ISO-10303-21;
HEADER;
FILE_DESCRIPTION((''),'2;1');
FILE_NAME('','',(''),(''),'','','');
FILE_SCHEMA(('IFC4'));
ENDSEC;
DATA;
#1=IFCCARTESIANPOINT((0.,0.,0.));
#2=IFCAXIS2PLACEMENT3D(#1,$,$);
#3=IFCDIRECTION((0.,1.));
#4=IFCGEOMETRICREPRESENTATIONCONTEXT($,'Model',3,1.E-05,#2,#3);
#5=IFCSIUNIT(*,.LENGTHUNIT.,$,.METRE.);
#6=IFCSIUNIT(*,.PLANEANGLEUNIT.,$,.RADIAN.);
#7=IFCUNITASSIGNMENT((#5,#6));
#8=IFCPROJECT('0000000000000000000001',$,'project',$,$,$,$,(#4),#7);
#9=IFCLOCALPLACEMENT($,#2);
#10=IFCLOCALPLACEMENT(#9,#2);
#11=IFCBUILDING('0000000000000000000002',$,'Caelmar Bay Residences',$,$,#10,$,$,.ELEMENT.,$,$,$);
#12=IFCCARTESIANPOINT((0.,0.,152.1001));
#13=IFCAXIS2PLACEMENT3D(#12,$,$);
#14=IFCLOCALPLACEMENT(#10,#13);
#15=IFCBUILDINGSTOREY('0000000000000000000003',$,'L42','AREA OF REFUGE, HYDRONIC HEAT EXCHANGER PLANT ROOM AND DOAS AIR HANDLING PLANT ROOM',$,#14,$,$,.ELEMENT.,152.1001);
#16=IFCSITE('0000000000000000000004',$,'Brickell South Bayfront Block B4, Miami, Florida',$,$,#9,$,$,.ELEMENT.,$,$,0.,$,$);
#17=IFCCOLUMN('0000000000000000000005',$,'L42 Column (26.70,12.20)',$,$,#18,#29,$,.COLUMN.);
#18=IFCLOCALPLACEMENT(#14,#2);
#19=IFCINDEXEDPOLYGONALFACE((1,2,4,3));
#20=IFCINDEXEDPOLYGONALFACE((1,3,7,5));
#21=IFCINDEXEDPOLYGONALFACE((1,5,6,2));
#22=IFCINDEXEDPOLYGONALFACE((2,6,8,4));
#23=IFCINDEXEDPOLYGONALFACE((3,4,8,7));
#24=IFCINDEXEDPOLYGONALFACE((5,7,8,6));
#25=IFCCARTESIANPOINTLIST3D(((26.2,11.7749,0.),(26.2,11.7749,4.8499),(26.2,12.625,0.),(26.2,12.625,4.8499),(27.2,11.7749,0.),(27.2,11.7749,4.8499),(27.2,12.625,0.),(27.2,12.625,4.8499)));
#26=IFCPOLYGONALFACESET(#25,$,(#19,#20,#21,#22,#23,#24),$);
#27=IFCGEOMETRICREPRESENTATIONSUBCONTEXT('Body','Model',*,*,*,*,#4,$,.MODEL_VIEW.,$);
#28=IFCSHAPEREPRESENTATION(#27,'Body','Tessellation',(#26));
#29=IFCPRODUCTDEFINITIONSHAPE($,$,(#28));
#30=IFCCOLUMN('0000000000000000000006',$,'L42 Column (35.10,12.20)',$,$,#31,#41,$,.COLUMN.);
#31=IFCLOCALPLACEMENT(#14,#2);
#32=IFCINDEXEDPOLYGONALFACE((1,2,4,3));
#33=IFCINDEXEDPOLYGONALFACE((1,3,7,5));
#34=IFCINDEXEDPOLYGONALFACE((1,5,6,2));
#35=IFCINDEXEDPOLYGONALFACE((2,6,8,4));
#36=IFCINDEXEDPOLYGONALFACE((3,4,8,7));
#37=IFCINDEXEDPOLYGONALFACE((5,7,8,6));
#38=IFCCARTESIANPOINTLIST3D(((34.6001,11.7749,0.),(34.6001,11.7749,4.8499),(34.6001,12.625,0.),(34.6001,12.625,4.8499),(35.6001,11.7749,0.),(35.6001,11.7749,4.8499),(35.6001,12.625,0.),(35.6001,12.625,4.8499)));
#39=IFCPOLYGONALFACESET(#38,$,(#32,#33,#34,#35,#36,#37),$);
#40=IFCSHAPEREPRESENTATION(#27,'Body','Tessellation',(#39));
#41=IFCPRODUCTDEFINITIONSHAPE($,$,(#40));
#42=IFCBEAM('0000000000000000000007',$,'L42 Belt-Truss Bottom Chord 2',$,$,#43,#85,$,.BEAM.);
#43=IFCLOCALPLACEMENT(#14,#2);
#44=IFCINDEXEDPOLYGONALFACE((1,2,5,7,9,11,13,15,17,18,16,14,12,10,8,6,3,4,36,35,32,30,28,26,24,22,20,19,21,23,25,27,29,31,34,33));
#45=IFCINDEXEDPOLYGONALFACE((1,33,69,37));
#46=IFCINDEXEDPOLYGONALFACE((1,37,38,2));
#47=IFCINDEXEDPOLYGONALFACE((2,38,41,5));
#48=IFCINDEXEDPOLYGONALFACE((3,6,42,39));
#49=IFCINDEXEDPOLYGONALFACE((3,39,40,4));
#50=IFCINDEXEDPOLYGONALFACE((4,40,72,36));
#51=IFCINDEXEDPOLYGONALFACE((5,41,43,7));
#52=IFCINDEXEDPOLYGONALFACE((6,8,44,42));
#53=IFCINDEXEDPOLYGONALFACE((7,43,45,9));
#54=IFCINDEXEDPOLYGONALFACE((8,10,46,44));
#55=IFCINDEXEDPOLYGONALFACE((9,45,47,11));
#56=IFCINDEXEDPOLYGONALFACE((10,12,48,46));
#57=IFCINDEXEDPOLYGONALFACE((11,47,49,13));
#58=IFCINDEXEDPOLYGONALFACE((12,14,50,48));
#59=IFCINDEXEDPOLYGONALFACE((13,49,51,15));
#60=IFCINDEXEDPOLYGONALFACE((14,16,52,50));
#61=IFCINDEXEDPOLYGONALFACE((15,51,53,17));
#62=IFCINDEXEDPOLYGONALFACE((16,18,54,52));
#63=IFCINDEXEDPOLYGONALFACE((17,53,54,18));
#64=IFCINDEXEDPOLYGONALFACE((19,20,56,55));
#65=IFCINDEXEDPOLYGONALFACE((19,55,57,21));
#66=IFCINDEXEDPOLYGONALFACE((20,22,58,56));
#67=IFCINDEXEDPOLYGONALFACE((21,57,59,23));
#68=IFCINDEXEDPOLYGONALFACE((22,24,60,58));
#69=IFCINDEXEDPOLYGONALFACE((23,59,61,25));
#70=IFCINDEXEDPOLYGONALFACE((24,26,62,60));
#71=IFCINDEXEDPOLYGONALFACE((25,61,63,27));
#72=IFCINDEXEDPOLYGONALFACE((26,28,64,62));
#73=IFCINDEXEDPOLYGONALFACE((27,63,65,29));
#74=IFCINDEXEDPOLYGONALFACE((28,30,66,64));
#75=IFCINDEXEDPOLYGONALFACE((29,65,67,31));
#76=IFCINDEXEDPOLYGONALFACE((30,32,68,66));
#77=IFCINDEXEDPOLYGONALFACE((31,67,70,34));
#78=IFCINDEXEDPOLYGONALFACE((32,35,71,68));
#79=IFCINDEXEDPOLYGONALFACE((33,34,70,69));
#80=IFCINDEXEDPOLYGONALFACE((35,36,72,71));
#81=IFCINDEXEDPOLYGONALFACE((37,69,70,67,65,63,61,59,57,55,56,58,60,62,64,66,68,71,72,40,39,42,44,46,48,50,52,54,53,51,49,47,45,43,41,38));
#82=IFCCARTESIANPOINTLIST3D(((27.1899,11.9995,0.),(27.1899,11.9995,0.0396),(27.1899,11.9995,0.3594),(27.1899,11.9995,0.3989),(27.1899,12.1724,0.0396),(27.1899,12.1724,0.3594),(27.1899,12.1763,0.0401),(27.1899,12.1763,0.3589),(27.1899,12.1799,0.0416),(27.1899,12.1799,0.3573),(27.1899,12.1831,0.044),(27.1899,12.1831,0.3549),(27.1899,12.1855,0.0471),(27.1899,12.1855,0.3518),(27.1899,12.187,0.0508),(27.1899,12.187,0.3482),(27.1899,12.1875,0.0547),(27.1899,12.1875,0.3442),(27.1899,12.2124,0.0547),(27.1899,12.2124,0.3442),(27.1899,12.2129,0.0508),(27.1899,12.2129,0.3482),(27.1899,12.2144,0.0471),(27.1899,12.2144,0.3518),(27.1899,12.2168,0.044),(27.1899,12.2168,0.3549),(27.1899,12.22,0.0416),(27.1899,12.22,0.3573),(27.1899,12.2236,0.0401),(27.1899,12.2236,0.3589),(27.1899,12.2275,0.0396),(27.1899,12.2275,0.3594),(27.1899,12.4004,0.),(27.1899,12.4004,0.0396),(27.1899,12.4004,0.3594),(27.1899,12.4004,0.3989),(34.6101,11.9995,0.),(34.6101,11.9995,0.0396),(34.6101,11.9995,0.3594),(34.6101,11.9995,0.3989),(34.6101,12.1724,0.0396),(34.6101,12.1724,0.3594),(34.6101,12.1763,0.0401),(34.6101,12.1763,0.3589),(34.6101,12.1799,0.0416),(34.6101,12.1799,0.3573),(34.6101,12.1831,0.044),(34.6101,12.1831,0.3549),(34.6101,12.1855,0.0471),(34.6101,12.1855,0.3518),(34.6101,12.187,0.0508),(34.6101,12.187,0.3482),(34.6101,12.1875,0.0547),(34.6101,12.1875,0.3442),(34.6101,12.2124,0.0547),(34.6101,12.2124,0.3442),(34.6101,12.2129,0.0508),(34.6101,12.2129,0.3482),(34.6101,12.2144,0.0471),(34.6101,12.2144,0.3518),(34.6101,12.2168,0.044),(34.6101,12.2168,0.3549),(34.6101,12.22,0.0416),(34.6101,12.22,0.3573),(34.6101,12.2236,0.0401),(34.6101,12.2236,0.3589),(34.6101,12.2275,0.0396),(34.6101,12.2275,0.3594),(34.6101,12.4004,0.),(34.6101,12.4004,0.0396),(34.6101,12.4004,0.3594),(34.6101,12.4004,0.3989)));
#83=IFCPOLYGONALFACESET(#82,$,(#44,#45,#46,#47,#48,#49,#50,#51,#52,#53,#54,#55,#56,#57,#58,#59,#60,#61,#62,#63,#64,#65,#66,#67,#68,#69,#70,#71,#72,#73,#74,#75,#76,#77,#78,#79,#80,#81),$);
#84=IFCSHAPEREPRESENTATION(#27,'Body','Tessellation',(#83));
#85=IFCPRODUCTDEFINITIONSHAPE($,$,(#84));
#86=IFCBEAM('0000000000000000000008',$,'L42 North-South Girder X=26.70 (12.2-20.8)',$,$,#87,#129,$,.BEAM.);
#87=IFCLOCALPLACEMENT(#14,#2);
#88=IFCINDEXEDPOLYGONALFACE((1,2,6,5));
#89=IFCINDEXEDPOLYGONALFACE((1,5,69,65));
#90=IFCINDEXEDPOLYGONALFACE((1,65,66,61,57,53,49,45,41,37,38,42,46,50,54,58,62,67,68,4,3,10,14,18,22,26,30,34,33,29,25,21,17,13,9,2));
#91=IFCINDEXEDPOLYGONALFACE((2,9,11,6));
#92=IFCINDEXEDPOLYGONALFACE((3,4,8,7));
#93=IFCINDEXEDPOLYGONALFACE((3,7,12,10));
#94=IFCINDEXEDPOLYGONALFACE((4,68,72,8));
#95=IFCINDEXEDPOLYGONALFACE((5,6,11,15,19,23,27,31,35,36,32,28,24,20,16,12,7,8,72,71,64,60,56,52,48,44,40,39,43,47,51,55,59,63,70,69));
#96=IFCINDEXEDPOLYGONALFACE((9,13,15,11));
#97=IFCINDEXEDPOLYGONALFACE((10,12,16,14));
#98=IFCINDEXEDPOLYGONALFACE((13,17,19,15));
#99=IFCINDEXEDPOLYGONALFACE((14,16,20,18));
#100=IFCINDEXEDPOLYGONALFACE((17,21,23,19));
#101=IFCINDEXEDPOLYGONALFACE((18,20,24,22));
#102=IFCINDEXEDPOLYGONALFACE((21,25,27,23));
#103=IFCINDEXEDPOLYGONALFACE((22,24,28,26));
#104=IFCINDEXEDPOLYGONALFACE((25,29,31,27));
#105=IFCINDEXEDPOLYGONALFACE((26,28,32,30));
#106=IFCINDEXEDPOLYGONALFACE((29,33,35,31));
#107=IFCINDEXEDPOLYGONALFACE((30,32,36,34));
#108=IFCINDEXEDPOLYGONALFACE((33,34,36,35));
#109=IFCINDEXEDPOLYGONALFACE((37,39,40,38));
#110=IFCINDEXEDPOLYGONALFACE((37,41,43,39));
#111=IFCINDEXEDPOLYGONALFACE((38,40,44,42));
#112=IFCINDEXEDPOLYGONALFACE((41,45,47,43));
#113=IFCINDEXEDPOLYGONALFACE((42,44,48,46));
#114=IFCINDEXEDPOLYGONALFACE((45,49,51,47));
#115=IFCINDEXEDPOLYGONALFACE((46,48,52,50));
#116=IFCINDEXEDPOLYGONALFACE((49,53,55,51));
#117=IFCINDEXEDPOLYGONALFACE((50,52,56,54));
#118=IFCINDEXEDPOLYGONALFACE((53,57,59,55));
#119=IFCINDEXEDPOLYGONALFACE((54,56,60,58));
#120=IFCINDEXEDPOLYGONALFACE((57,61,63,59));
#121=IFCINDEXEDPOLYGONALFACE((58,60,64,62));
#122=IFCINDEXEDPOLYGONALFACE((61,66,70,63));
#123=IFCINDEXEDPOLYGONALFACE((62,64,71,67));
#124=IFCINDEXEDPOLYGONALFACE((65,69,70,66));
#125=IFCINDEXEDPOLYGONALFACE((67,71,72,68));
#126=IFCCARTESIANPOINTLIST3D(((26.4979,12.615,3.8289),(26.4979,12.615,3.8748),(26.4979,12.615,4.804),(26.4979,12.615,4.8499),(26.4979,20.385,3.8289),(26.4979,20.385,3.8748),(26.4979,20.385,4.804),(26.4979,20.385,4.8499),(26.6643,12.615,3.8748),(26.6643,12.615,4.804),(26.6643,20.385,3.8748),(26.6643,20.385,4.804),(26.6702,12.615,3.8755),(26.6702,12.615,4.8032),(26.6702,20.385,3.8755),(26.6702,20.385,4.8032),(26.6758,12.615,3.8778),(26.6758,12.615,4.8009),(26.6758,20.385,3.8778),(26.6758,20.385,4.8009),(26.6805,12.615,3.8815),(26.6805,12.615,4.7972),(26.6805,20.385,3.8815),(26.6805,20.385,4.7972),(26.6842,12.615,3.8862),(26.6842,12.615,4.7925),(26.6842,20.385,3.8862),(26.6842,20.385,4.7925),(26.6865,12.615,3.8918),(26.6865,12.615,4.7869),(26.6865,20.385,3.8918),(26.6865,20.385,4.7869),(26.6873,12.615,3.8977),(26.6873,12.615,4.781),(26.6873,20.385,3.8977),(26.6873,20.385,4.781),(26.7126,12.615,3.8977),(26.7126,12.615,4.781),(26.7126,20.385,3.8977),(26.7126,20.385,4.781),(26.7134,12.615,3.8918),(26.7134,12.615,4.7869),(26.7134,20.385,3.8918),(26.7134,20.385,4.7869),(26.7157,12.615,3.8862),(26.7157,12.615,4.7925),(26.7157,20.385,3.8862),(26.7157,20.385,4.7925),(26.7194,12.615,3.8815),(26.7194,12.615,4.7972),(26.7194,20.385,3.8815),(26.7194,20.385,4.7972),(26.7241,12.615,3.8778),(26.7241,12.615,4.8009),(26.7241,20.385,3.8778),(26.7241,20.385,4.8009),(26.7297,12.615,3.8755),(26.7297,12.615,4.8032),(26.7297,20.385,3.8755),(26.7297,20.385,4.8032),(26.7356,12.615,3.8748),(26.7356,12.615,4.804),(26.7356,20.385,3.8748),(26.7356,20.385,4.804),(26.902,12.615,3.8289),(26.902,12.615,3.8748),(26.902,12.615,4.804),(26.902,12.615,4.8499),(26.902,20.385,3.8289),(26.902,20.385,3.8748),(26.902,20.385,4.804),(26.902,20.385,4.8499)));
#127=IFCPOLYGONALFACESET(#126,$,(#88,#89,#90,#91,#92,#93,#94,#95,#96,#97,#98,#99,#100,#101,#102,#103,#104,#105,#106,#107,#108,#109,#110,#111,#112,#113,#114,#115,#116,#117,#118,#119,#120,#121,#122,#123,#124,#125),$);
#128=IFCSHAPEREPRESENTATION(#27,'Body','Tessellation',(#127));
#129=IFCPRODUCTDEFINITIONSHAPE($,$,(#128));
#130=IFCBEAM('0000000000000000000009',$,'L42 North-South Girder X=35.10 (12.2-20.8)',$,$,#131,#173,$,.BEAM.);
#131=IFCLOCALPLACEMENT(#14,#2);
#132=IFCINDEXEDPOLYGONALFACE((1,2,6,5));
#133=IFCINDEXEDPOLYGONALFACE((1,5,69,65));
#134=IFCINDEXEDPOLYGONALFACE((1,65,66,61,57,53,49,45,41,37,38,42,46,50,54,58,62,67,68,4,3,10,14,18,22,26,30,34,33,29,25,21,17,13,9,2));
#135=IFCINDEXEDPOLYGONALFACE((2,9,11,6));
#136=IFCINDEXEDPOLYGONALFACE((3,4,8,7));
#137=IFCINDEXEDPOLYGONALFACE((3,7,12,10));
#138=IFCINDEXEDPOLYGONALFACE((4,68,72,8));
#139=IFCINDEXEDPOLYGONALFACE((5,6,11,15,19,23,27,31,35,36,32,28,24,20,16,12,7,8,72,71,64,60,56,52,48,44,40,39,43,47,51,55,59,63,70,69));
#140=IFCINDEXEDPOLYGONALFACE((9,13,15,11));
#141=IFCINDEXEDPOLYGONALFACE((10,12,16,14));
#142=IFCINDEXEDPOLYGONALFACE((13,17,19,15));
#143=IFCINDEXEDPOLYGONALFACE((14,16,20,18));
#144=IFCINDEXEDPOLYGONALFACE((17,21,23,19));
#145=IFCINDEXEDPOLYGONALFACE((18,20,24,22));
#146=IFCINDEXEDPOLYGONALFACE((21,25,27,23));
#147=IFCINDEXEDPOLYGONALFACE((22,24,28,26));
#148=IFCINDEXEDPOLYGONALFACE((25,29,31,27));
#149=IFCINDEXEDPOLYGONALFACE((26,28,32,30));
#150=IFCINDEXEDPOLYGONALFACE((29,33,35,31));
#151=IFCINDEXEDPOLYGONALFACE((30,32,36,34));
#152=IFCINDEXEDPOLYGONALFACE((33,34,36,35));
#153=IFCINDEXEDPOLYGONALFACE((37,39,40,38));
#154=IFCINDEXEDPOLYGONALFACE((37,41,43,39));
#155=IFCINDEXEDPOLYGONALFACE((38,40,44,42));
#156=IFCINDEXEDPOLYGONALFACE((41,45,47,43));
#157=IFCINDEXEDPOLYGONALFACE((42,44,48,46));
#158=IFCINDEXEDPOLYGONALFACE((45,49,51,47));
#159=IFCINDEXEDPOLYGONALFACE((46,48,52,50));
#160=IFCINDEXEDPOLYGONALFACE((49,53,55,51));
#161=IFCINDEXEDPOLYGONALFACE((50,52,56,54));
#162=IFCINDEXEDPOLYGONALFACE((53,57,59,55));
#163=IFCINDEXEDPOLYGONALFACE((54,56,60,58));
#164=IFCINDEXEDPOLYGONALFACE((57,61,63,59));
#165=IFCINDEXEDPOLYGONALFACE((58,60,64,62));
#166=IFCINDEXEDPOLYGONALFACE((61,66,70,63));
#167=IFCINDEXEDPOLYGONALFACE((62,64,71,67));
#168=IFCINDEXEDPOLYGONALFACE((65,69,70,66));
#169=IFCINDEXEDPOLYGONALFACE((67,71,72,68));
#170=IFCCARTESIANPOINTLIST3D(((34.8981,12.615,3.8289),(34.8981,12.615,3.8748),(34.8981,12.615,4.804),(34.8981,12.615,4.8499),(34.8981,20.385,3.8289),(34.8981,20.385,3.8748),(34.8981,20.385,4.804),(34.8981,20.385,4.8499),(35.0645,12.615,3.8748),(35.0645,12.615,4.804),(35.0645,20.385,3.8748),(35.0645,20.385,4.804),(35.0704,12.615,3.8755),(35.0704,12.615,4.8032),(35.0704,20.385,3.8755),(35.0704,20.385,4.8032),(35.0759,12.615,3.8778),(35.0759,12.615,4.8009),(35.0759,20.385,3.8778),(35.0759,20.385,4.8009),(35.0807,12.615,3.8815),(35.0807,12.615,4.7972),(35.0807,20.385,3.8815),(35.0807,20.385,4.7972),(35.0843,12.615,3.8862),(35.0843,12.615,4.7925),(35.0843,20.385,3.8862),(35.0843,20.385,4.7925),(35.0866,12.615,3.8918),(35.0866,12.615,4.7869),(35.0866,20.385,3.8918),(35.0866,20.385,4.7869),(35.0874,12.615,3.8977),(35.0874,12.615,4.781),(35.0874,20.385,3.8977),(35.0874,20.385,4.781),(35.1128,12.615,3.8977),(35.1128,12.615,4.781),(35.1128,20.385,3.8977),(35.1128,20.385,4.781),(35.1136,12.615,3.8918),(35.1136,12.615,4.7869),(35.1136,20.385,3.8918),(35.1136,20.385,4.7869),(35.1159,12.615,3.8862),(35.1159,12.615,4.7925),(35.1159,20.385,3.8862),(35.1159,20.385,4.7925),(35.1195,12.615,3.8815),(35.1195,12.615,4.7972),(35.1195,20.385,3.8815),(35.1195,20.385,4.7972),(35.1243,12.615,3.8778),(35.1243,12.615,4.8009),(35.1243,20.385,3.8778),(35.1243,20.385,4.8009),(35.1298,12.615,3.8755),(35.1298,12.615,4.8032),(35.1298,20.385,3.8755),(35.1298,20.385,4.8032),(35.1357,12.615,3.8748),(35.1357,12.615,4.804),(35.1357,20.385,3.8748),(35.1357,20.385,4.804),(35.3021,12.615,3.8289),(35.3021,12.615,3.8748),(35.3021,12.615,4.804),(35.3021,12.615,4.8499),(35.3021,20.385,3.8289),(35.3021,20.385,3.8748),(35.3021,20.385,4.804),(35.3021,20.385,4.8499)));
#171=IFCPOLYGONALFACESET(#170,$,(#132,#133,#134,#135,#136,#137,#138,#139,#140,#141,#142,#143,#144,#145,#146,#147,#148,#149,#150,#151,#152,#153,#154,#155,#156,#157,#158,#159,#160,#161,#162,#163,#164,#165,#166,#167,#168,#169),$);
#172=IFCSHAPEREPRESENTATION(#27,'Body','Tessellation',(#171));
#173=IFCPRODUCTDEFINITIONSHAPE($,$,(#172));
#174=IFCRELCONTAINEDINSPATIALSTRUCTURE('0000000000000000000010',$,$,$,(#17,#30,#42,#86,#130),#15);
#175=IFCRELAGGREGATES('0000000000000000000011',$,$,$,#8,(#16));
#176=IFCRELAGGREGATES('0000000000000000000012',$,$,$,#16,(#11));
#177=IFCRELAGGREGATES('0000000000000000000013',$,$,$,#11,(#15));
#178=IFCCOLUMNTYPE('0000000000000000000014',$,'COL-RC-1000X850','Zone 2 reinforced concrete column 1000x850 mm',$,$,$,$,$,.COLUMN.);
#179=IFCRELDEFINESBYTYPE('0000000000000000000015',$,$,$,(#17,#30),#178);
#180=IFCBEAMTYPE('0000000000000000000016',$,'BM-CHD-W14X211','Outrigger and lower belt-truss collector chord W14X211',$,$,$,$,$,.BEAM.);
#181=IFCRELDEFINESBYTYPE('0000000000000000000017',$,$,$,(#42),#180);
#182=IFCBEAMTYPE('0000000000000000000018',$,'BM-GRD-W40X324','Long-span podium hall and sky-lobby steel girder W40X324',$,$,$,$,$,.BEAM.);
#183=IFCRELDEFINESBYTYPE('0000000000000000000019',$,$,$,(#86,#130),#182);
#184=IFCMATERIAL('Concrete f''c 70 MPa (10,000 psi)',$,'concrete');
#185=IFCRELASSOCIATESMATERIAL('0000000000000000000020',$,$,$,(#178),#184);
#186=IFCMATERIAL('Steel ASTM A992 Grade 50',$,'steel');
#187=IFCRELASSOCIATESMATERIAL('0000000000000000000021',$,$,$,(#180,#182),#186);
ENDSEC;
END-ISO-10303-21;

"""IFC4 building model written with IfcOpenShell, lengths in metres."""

from ifc_helpers import new_model, si_unit, direction, frame, origin, origin_2d, place, context, subcontext, project, spatial, rectangle, i_section, extrude, material, material_profile, profile_set, type_object, element, save


model = new_model("IFC4")

# Units and contexts
model_context = context("Model", 3, precision=1e-05, world=origin(), true_north=direction((0.0, 1.0)))
body_context = subcontext(model_context, "Body", "Model", "MODEL_VIEW")
ifc_project = project(units=[si_unit("LENGTHUNIT", "METRE"), si_unit("PLANEANGLEUNIT", "RADIAN")], contexts=[model_context])

# Site, building, storey
site_placement = place(None, origin())
site = spatial("IfcSite", under=ifc_project, at=site_placement, Name="Brickell South Bayfront Block B4, Miami, Florida", CompositionType="ELEMENT", RefElevation=0.0)
building_placement = place(site_placement, origin())
building = spatial("IfcBuilding", under=site, at=building_placement, Name="Caelmar Bay Residences", CompositionType="ELEMENT")
storey_placement = place(building_placement, frame((0.0, 0.0, 152.1001)))
storey = spatial("IfcBuildingStorey", under=building, at=storey_placement, Name="L42", Description="AREA OF REFUGE, HYDRONIC HEAT EXCHANGER PLANT ROOM AND DOAS AIR HANDLING PLANT ROOM", CompositionType="ELEMENT", Elevation=152.1001)

# Columns
ifc_material_1 = material(Name="Concrete f'c 70 MPa (10,000 psi)", Category="concrete")
ifc_material_profile_1 = material_profile(ifc_material_1, rectangle(XDim=1.0, YDim=0.8501, at=origin_2d()), Name="RC-COL-1000X850")
ifc_profile_set_1 = profile_set([ifc_material_profile_1], Name="Concrete f'c 70 MPa (10,000 psi)")
column_type = type_object("IfcColumnType", Name="COL-RC-1000X850", Description="Zone 2 reinforced concrete column 1000x850 mm", PredefinedType="COLUMN", material=ifc_profile_set_1)
for number, where, z_axis, x_axis, name in (
    (1, (26.7, 12.2, 0.0), (0.0, 0.0, 1.0), (1.0, 0.0, 0.0), "L42 Column (26.70,12.20)"),
    (2, (35.1001, 12.2, 0.0), (0.0, 0.0, 1.0), (1.0, 0.0, 0.0), "L42 Column (35.10,12.20)"),
):
    element("IfcColumn", number, at=place(storey_placement, frame(where, z_axis=z_axis, x_axis=x_axis)), inside=storey, type_object=column_type, Name=name, PredefinedType="COLUMN", context=body_context, shape_type="SweptSolid", body=[
        extrude(rectangle(XDim=1.0, YDim=0.8501, at=origin_2d()), origin(), (0.0, 0.0, 1.0), 4.8499),
    ])

# Beams
ifc_material_2 = material(Name="Steel ASTM A992 Grade 50", Category="steel")
ifc_material_profile_2 = material_profile(ifc_material_2, i_section(OverallWidth=0.4009, OverallDepth=0.3989, WebThickness=0.0249, FlangeThickness=0.0396, FilletRadius=0.0151, at=origin_2d()), Name="W14X211")
ifc_profile_set_2 = profile_set([ifc_material_profile_2], Name="Steel ASTM A992 Grade 50")
beam_type_1 = type_object("IfcBeamType", Name="BM-CHD-W14X211", Description="Outrigger and lower belt-truss collector chord W14X211", PredefinedType="BEAM", material=ifc_profile_set_2)
beam_1_placement = place(storey_placement, frame((27.1899, 12.2, 0.1995), z_axis=(1.0, 0.0, 0.0), x_axis=(0.0, 1.0, 0.0)))
element("IfcBeam", 3, at=beam_1_placement, inside=storey, type_object=beam_type_1, Name="L42 Belt-Truss Bottom Chord 2", PredefinedType="BEAM", context=body_context, shape_type="SweptSolid", body=[
    extrude(i_section(OverallWidth=0.4009, OverallDepth=0.3989, WebThickness=0.0249, FlangeThickness=0.0396, FilletRadius=0.0151, at=origin_2d()), origin(), (0.0, 0.0, 1.0), 7.4202),
])
ifc_material_profile_3 = material_profile(ifc_material_2, i_section(OverallWidth=0.4041, OverallDepth=1.021, WebThickness=0.0254, FlangeThickness=0.0459, FilletRadius=0.0229, at=origin_2d()), Name="W40X324")
ifc_profile_set_3 = profile_set([ifc_material_profile_3], Name="Steel ASTM A992 Grade 50")
beam_type_2 = type_object("IfcBeamType", Name="BM-GRD-W40X324", Description="Long-span podium hall and sky-lobby steel girder W40X324", PredefinedType="BEAM", material=ifc_profile_set_3)
for number, where, z_axis, x_axis, name in (
    (4, (26.7, 12.615, 4.3394), (0.0, 1.0, 0.0), (-1.0, 0.0, 0.0), "L42 North-South Girder X=26.70 (12.2-20.8)"),
    (5, (35.1001, 12.615, 4.3394), (0.0, 1.0, 0.0), (-1.0, 0.0, 0.0), "L42 North-South Girder X=35.10 (12.2-20.8)"),
):
    element("IfcBeam", number, at=place(storey_placement, frame(where, z_axis=z_axis, x_axis=x_axis)), inside=storey, type_object=beam_type_2, Name=name, PredefinedType="BEAM", context=body_context, shape_type="SweptSolid", body=[
        extrude(i_section(OverallWidth=0.4041, OverallDepth=1.021, WebThickness=0.0254, FlangeThickness=0.0459, FilletRadius=0.0229, at=origin_2d()), origin(), (0.0, 0.0, 1.0), 7.77),
    ])

save(model, "model.ifc")
